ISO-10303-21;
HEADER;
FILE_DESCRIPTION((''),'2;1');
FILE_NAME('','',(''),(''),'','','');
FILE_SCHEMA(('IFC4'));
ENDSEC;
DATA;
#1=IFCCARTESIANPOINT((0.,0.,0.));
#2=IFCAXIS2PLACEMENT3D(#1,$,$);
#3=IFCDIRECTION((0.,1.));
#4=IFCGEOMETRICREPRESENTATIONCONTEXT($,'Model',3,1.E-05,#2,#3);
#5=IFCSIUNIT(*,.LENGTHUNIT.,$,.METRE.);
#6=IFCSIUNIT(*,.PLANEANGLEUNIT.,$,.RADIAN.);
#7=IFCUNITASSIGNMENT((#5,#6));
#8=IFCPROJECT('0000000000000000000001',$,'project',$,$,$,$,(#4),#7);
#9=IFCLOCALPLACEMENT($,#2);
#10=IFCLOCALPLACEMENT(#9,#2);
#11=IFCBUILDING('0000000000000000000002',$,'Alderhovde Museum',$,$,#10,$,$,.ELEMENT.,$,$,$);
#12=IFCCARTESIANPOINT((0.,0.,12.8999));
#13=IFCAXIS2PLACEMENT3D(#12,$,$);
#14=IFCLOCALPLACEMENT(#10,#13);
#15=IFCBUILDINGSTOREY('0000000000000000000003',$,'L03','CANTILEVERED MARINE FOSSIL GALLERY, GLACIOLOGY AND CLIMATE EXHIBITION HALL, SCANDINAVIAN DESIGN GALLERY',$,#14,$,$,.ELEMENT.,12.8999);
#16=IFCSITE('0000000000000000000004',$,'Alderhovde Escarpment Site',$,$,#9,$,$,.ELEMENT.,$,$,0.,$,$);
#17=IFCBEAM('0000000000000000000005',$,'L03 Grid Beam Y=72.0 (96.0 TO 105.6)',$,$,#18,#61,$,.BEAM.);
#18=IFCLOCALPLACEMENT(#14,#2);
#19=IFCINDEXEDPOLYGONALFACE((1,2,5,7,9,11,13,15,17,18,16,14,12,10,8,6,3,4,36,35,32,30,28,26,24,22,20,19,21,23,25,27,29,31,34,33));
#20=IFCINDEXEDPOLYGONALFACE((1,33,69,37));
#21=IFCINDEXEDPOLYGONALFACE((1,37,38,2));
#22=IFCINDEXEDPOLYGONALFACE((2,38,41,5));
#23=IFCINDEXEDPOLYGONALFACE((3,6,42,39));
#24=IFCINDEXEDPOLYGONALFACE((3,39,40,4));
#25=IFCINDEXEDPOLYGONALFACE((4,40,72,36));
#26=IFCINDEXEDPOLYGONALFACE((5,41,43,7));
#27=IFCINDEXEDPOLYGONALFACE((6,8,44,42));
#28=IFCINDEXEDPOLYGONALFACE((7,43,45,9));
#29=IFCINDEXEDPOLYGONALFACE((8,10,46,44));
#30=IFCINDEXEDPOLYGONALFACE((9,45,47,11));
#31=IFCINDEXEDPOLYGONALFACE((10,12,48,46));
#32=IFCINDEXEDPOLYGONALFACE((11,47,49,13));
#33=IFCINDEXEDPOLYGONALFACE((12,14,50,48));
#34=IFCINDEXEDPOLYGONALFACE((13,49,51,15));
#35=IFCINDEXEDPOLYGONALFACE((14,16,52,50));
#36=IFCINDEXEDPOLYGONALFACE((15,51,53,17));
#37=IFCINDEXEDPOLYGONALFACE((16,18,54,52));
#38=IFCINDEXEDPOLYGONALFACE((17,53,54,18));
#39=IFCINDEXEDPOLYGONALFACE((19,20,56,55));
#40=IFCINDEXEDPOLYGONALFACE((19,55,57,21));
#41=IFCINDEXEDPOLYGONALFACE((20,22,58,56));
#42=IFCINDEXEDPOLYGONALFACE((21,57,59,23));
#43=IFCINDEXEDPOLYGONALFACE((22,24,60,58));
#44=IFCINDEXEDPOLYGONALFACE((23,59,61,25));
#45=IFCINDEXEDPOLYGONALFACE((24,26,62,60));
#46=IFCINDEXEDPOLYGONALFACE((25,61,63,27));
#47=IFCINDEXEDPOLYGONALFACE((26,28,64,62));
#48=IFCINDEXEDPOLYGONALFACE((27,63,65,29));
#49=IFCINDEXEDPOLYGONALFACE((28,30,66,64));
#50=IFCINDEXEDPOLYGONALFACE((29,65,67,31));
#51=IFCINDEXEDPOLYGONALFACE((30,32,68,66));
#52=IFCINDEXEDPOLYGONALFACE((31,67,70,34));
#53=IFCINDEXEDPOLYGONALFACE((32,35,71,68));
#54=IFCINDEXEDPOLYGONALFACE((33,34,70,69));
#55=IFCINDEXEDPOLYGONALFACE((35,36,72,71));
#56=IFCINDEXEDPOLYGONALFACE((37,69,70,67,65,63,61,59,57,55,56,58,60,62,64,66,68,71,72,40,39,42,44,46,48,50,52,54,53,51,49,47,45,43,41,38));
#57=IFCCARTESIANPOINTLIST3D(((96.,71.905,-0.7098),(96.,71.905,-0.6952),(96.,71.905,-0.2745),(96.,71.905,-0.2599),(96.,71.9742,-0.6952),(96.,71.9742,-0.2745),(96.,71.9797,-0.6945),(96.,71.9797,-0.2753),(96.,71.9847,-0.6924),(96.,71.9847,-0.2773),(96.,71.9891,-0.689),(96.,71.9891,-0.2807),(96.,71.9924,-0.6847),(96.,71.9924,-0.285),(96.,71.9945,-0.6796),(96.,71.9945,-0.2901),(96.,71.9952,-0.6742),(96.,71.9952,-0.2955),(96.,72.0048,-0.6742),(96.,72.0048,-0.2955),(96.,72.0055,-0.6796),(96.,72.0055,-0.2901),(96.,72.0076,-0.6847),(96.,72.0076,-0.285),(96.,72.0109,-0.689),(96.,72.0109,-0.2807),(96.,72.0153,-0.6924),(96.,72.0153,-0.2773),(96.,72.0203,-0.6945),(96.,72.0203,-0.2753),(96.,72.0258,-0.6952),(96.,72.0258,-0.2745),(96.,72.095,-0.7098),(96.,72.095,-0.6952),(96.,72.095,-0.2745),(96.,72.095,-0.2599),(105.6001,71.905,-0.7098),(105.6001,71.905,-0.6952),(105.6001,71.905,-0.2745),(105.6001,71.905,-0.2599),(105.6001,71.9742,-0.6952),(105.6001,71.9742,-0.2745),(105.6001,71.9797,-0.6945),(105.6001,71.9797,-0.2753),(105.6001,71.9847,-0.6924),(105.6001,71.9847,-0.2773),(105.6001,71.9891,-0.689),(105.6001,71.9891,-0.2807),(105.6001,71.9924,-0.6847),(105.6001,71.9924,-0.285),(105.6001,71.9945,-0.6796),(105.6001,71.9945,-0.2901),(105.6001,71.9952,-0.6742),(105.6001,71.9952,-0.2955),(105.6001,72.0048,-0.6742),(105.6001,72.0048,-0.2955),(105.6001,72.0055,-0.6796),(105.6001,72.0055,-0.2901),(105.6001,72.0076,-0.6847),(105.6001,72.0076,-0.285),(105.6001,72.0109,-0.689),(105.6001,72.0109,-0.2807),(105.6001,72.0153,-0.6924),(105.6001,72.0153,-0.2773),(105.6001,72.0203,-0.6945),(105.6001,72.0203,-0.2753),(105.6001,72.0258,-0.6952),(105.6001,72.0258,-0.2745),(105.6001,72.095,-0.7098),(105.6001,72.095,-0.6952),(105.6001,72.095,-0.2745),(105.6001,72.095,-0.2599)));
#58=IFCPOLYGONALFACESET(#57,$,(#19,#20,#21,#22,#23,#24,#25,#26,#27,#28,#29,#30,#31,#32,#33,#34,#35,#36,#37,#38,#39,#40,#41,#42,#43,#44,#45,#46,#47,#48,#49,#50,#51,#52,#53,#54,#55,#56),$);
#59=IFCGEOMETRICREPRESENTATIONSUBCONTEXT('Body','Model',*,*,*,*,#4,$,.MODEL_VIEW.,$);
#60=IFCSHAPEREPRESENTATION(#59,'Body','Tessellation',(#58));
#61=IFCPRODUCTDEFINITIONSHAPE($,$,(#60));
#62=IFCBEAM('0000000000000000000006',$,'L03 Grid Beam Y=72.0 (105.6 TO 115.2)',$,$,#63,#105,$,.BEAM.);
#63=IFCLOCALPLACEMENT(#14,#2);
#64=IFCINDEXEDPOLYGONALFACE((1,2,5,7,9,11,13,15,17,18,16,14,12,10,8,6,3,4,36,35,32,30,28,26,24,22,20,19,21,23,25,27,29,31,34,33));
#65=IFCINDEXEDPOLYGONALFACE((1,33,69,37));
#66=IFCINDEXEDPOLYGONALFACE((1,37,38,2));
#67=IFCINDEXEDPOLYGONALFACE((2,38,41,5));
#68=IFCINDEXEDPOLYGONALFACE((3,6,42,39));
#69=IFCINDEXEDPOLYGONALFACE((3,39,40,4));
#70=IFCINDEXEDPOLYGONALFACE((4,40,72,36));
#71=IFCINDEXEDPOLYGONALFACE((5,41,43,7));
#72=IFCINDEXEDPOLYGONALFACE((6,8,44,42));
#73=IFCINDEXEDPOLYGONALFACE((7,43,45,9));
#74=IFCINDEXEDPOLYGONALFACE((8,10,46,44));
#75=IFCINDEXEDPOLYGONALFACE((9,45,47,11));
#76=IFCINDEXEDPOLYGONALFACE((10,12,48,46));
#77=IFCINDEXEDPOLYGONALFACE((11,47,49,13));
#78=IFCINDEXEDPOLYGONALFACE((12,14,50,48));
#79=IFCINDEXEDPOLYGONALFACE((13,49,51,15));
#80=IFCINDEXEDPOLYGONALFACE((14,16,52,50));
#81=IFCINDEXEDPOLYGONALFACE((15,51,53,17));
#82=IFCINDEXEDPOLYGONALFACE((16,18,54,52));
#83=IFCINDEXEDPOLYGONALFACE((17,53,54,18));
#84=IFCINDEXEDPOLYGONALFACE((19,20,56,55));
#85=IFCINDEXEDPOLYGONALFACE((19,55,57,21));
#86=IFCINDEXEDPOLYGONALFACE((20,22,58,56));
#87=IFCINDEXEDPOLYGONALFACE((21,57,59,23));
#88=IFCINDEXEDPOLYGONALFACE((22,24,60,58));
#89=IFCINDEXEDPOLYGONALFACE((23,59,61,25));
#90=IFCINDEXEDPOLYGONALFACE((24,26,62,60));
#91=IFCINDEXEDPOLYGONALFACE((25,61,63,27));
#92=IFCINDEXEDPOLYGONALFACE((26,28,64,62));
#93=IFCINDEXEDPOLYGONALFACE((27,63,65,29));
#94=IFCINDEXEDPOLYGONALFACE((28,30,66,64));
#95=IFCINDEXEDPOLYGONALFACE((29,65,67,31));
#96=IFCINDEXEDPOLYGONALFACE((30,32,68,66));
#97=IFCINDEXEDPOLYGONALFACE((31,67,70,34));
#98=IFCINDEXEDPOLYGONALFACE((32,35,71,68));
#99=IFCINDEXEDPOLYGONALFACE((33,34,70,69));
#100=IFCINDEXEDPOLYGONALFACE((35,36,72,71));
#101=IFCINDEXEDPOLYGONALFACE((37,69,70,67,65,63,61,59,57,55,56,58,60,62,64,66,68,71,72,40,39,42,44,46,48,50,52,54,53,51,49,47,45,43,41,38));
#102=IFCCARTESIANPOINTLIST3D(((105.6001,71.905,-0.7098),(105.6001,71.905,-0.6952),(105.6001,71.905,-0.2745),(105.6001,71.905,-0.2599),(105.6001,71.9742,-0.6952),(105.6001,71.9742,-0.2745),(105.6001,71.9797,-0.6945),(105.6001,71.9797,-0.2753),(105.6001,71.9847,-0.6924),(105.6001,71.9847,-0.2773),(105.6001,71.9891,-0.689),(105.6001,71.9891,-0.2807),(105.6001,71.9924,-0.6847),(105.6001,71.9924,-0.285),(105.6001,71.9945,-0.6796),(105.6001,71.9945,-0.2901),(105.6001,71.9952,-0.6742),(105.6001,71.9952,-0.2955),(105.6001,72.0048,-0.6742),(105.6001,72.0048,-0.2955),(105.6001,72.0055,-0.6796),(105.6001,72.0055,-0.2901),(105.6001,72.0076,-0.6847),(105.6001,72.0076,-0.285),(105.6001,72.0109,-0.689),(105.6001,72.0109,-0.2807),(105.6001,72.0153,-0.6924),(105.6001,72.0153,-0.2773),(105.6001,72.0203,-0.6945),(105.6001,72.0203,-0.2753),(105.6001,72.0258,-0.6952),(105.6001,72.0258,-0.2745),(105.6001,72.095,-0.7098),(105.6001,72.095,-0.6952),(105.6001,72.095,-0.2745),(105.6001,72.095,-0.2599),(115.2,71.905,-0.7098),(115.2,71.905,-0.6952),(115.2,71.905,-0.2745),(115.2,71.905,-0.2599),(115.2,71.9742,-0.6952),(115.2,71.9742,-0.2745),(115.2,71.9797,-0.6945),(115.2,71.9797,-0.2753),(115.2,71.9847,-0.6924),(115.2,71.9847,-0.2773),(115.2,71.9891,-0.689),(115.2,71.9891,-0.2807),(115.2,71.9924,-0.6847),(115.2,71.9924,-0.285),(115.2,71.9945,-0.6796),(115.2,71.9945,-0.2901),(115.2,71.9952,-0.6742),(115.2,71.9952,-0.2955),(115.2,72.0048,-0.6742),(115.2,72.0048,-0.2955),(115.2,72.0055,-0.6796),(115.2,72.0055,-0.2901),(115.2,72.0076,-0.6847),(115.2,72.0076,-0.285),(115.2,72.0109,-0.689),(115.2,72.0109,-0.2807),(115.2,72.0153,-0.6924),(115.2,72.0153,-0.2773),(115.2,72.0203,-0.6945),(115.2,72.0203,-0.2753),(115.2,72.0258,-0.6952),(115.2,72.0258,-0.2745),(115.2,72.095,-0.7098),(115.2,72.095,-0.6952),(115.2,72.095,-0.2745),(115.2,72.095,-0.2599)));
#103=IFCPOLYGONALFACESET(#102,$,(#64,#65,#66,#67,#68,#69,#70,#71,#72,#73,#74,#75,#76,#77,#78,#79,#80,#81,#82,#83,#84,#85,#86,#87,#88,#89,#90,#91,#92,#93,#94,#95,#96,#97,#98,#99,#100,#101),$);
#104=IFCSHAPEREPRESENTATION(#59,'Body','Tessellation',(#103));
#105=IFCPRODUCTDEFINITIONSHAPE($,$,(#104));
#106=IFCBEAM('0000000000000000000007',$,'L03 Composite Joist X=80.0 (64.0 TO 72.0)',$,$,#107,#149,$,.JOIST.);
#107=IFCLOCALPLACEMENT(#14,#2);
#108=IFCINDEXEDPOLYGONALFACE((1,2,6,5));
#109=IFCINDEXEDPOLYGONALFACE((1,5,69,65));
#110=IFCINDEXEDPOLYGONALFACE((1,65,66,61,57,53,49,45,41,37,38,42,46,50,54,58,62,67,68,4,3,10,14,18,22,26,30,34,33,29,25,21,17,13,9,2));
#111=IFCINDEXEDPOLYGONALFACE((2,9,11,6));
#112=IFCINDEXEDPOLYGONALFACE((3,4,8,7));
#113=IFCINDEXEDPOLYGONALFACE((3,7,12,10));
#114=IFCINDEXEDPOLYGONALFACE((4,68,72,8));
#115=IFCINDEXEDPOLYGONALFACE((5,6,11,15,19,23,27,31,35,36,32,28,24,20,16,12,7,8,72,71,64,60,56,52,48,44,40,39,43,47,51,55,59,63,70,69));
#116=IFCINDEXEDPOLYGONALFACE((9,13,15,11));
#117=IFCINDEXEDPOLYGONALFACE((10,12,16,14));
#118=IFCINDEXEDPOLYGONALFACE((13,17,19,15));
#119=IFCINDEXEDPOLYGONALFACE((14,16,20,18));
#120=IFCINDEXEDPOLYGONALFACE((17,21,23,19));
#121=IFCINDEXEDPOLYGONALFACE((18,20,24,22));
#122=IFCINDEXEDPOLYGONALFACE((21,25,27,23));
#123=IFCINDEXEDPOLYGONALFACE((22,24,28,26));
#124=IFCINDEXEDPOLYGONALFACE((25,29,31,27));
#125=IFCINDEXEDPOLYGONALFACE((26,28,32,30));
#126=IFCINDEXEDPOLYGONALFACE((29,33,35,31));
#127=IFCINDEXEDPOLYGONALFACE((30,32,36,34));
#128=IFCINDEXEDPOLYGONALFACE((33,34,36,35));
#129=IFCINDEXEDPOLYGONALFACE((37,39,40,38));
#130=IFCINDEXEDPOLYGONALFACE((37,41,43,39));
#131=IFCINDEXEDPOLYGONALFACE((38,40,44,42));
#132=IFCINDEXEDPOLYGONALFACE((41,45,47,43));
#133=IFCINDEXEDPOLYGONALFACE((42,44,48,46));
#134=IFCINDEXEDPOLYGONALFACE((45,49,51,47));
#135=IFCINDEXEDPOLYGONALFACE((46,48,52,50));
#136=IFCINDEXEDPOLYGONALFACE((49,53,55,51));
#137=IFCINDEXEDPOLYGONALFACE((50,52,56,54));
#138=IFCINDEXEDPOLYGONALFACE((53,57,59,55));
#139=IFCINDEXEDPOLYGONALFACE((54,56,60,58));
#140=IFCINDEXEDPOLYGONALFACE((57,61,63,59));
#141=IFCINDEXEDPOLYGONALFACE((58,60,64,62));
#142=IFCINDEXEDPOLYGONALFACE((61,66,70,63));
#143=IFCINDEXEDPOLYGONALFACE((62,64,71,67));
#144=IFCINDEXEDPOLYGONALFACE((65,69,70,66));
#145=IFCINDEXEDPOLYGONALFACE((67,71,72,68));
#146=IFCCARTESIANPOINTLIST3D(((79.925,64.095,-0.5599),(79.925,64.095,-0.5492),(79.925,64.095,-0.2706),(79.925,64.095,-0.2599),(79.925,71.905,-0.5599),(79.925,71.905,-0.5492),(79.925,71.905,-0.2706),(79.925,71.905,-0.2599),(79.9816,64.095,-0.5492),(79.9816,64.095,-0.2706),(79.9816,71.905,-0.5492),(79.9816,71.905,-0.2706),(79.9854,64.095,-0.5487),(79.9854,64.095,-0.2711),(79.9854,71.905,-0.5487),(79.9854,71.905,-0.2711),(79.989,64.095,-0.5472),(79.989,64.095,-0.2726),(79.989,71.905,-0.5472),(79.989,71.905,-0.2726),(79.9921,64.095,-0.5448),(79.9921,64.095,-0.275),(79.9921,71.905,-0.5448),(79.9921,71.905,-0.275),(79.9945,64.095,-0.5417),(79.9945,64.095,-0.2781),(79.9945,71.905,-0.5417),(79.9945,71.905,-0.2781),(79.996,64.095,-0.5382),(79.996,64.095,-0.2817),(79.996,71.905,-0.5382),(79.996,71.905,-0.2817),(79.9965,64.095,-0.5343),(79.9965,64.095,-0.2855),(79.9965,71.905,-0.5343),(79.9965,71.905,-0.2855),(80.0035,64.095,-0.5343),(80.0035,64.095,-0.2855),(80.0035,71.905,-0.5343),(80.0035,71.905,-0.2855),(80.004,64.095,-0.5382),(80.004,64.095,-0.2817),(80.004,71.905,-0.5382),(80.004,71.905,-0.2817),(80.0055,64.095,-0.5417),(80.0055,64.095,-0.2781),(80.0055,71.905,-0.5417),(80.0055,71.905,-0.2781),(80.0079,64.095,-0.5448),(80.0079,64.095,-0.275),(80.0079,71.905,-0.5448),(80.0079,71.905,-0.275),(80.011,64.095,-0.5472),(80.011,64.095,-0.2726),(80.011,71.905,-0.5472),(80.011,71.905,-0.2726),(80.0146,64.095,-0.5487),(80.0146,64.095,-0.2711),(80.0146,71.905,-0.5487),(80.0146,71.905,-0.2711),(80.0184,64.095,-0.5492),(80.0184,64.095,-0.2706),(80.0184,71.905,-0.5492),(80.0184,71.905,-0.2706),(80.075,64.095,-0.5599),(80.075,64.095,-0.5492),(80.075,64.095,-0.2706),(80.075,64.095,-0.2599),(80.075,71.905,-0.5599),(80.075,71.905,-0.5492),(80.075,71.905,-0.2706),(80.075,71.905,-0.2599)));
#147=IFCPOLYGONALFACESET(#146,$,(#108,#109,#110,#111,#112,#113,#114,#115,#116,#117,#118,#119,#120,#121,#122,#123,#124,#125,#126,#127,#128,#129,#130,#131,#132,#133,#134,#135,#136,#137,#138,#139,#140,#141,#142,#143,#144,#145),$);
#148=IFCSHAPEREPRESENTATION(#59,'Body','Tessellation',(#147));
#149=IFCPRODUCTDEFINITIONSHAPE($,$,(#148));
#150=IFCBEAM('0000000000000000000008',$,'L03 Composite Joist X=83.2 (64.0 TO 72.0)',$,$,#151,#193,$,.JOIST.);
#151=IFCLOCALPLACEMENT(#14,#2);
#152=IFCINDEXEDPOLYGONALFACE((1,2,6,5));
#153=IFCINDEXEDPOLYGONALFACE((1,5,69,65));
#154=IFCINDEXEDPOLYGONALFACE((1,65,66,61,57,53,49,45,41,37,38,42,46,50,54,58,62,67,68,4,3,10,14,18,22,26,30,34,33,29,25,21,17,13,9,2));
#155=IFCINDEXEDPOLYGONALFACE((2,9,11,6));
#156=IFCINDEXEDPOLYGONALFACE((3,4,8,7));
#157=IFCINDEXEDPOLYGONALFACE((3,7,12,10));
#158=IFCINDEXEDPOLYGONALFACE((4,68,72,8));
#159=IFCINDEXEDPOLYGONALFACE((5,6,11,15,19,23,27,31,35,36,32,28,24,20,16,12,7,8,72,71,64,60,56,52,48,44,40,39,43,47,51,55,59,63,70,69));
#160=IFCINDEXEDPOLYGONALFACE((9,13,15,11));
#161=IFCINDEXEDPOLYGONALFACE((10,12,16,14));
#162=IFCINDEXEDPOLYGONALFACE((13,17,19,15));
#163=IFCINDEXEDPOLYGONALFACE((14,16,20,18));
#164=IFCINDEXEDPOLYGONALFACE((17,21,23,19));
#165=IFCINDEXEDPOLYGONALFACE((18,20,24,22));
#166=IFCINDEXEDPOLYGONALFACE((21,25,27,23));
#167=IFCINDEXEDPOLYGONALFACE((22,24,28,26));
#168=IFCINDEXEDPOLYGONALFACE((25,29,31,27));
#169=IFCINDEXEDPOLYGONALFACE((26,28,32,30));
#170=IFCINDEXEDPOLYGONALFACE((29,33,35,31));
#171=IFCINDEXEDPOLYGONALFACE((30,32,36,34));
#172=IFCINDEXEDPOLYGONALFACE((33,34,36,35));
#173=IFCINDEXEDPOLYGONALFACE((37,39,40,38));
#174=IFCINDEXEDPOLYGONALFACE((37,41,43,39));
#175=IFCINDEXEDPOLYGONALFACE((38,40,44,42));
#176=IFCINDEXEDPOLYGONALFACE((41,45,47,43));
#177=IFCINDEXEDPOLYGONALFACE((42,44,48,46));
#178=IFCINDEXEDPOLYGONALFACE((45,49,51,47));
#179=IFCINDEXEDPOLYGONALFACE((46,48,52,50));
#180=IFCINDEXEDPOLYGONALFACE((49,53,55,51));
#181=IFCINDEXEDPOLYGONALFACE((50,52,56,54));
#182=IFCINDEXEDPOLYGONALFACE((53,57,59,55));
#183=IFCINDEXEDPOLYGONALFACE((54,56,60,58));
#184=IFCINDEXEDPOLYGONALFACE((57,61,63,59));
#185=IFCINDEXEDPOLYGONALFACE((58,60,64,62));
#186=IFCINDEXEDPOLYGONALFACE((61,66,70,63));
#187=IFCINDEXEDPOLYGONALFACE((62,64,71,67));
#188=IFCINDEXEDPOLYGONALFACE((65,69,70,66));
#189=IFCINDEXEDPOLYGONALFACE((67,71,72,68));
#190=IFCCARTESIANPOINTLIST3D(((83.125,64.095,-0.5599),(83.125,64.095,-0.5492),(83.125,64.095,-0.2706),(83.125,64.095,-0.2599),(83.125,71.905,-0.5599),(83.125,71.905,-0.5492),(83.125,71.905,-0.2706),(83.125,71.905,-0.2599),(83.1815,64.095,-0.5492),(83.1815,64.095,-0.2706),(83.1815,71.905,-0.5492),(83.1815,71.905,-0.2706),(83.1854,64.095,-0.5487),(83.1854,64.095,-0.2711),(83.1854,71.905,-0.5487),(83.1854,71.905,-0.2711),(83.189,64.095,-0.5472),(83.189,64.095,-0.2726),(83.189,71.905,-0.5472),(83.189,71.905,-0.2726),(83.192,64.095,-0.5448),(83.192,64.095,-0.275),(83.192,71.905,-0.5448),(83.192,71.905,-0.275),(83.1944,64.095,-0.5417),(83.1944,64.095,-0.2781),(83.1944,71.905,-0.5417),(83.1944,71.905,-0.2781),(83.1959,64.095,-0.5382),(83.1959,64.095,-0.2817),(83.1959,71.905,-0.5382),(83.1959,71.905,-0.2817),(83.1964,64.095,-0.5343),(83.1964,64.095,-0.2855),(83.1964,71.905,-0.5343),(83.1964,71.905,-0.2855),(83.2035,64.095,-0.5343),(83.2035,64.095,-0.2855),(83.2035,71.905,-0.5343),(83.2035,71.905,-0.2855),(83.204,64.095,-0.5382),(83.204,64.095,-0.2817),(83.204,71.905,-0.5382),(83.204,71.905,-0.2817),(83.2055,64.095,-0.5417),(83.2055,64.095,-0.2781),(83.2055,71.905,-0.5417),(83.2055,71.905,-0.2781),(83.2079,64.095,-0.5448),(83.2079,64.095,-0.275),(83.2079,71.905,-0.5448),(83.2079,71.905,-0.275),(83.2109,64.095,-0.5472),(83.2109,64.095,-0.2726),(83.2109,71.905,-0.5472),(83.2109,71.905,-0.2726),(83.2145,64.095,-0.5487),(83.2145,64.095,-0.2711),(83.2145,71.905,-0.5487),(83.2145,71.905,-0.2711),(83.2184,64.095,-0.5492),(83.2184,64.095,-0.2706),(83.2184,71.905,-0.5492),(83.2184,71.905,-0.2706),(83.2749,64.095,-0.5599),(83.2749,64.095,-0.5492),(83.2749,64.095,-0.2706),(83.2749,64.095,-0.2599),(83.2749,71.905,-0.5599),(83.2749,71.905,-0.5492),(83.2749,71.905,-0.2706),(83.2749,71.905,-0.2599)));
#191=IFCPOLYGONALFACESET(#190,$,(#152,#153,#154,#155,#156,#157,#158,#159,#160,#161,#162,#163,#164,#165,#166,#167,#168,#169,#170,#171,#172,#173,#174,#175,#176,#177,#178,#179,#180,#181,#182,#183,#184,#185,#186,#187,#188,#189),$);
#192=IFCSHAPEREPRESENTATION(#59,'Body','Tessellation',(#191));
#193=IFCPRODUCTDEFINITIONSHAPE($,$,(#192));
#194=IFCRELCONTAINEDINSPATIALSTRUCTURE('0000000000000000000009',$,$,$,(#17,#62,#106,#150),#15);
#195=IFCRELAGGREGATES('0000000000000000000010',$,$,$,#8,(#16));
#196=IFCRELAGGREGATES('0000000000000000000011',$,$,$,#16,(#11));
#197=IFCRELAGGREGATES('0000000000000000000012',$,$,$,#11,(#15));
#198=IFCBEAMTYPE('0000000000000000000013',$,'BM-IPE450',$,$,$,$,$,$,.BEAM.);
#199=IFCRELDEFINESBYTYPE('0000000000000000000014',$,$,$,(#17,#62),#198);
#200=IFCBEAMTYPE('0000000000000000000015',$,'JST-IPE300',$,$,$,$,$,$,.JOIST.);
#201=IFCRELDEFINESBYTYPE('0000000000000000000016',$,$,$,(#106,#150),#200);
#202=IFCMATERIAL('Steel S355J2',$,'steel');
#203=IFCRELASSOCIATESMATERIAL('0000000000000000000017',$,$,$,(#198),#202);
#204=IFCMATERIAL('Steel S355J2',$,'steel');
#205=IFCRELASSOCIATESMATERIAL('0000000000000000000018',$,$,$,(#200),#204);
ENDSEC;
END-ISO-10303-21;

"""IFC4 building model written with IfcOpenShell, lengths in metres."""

from ifc_helpers import new_model, si_unit, direction, frame, origin, origin_2d, place, context, subcontext, project, spatial, i_section, extrude, material, material_profile, profile_set, type_object, element, save


model = new_model("IFC4")

# Units and contexts
model_context = context("Model", 3, precision=1e-05, world=origin(), true_north=direction((0.0, 1.0)))
body_context = subcontext(model_context, "Body", "Model", "MODEL_VIEW")
ifc_project = project(units=[si_unit("LENGTHUNIT", "METRE"), si_unit("PLANEANGLEUNIT", "RADIAN")], contexts=[model_context])

# Site, building, storey
site_placement = place(None, origin())
site = spatial("IfcSite", under=ifc_project, at=site_placement, Name="Alderhovde Escarpment Site", CompositionType="ELEMENT", RefElevation=0.0)
building_placement = place(site_placement, origin())
building = spatial("IfcBuilding", under=site, at=building_placement, Name="Alderhovde Museum", CompositionType="ELEMENT")
storey_placement = place(building_placement, frame((0.0, 0.0, 12.8999)))
storey = spatial("IfcBuildingStorey", under=building, at=storey_placement, Name="L03", Description="CANTILEVERED MARINE FOSSIL GALLERY, GLACIOLOGY AND CLIMATE EXHIBITION HALL, SCANDINAVIAN DESIGN GALLERY", CompositionType="ELEMENT", Elevation=12.8999)

# Beams
ifc_material_1 = material(Name="Steel S355J2", Category="steel")
ifc_material_profile_1 = material_profile(ifc_material_1, i_section(OverallWidth=0.1899, OverallDepth=0.45, WebThickness=0.0095, FlangeThickness=0.0146, FilletRadius=0.021, at=origin_2d()), Name="IPE 450")
ifc_profile_set_1 = profile_set([ifc_material_profile_1], Name="Steel S355J2")
beam_type_1 = type_object("IfcBeamType", Name="BM-IPE450", PredefinedType="BEAM", material=ifc_profile_set_1)
for number, where, z_axis, x_axis, name in (
    (1, (96.0, 72.0, -0.4849), (1.0, 0.0, 0.0), (0.0, 1.0, 0.0), "L03 Grid Beam Y=72.0 (96.0 TO 105.6)"),
):
    element("IfcBeam", number, at=place(storey_placement, frame(where, z_axis=z_axis, x_axis=x_axis)), inside=storey, type_object=beam_type_1, Name=name, PredefinedType="BEAM", context=body_context, shape_type="SweptSolid", body=[
        extrude(i_section(OverallWidth=0.1899, OverallDepth=0.45, WebThickness=0.0095, FlangeThickness=0.0146, FilletRadius=0.021, at=origin_2d()), origin(), (0.0, 0.0, 1.0), 9.6001),
    ])
beam_1_placement = place(storey_placement, frame((105.6001, 72.0, -0.4849), z_axis=(1.0, 0.0, 0.0), x_axis=(0.0, 1.0, 0.0)))
element("IfcBeam", 2, at=beam_1_placement, inside=storey, type_object=beam_type_1, Name="L03 Grid Beam Y=72.0 (105.6 TO 115.2)", PredefinedType="BEAM", context=body_context, shape_type="SweptSolid", body=[
    extrude(i_section(OverallWidth=0.1899, OverallDepth=0.45, WebThickness=0.0095, FlangeThickness=0.0146, FilletRadius=0.021, at=origin_2d()), origin(), (0.0, 0.0, 1.0), 9.5999),
])
ifc_material_2 = material(Name="Steel S355J2", Category="steel")
ifc_material_profile_2 = material_profile(ifc_material_2, i_section(OverallWidth=0.1499, OverallDepth=0.3, WebThickness=0.0071, FlangeThickness=0.0107, FilletRadius=0.0149, at=origin_2d()), Name="IPE 300")
ifc_profile_set_2 = profile_set([ifc_material_profile_2], Name="Steel S355J2")
beam_type_2 = type_object("IfcBeamType", Name="JST-IPE300", PredefinedType="JOIST", material=ifc_profile_set_2)
for number, where, z_axis, x_axis, name in (
    (3, (80.0, 64.095, -0.4099), (0.0, 1.0, 0.0), (-1.0, 0.0, 0.0), "L03 Composite Joist X=80.0 (64.0 TO 72.0)"),
    (4, (83.2, 64.095, -0.4099), (0.0, 1.0, 0.0), (-1.0, 0.0, 0.0), "L03 Composite Joist X=83.2 (64.0 TO 72.0)"),
):
    element("IfcBeam", number, at=place(storey_placement, frame(where, z_axis=z_axis, x_axis=x_axis)), inside=storey, type_object=beam_type_2, Name=name, PredefinedType="JOIST", context=body_context, shape_type="SweptSolid", body=[
        extrude(i_section(OverallWidth=0.1499, OverallDepth=0.3, WebThickness=0.0071, FlangeThickness=0.0107, FilletRadius=0.0149, at=origin_2d()), origin(), (0.0, 0.0, 1.0), 7.8101),
    ])

save(model, "model.ifc")
